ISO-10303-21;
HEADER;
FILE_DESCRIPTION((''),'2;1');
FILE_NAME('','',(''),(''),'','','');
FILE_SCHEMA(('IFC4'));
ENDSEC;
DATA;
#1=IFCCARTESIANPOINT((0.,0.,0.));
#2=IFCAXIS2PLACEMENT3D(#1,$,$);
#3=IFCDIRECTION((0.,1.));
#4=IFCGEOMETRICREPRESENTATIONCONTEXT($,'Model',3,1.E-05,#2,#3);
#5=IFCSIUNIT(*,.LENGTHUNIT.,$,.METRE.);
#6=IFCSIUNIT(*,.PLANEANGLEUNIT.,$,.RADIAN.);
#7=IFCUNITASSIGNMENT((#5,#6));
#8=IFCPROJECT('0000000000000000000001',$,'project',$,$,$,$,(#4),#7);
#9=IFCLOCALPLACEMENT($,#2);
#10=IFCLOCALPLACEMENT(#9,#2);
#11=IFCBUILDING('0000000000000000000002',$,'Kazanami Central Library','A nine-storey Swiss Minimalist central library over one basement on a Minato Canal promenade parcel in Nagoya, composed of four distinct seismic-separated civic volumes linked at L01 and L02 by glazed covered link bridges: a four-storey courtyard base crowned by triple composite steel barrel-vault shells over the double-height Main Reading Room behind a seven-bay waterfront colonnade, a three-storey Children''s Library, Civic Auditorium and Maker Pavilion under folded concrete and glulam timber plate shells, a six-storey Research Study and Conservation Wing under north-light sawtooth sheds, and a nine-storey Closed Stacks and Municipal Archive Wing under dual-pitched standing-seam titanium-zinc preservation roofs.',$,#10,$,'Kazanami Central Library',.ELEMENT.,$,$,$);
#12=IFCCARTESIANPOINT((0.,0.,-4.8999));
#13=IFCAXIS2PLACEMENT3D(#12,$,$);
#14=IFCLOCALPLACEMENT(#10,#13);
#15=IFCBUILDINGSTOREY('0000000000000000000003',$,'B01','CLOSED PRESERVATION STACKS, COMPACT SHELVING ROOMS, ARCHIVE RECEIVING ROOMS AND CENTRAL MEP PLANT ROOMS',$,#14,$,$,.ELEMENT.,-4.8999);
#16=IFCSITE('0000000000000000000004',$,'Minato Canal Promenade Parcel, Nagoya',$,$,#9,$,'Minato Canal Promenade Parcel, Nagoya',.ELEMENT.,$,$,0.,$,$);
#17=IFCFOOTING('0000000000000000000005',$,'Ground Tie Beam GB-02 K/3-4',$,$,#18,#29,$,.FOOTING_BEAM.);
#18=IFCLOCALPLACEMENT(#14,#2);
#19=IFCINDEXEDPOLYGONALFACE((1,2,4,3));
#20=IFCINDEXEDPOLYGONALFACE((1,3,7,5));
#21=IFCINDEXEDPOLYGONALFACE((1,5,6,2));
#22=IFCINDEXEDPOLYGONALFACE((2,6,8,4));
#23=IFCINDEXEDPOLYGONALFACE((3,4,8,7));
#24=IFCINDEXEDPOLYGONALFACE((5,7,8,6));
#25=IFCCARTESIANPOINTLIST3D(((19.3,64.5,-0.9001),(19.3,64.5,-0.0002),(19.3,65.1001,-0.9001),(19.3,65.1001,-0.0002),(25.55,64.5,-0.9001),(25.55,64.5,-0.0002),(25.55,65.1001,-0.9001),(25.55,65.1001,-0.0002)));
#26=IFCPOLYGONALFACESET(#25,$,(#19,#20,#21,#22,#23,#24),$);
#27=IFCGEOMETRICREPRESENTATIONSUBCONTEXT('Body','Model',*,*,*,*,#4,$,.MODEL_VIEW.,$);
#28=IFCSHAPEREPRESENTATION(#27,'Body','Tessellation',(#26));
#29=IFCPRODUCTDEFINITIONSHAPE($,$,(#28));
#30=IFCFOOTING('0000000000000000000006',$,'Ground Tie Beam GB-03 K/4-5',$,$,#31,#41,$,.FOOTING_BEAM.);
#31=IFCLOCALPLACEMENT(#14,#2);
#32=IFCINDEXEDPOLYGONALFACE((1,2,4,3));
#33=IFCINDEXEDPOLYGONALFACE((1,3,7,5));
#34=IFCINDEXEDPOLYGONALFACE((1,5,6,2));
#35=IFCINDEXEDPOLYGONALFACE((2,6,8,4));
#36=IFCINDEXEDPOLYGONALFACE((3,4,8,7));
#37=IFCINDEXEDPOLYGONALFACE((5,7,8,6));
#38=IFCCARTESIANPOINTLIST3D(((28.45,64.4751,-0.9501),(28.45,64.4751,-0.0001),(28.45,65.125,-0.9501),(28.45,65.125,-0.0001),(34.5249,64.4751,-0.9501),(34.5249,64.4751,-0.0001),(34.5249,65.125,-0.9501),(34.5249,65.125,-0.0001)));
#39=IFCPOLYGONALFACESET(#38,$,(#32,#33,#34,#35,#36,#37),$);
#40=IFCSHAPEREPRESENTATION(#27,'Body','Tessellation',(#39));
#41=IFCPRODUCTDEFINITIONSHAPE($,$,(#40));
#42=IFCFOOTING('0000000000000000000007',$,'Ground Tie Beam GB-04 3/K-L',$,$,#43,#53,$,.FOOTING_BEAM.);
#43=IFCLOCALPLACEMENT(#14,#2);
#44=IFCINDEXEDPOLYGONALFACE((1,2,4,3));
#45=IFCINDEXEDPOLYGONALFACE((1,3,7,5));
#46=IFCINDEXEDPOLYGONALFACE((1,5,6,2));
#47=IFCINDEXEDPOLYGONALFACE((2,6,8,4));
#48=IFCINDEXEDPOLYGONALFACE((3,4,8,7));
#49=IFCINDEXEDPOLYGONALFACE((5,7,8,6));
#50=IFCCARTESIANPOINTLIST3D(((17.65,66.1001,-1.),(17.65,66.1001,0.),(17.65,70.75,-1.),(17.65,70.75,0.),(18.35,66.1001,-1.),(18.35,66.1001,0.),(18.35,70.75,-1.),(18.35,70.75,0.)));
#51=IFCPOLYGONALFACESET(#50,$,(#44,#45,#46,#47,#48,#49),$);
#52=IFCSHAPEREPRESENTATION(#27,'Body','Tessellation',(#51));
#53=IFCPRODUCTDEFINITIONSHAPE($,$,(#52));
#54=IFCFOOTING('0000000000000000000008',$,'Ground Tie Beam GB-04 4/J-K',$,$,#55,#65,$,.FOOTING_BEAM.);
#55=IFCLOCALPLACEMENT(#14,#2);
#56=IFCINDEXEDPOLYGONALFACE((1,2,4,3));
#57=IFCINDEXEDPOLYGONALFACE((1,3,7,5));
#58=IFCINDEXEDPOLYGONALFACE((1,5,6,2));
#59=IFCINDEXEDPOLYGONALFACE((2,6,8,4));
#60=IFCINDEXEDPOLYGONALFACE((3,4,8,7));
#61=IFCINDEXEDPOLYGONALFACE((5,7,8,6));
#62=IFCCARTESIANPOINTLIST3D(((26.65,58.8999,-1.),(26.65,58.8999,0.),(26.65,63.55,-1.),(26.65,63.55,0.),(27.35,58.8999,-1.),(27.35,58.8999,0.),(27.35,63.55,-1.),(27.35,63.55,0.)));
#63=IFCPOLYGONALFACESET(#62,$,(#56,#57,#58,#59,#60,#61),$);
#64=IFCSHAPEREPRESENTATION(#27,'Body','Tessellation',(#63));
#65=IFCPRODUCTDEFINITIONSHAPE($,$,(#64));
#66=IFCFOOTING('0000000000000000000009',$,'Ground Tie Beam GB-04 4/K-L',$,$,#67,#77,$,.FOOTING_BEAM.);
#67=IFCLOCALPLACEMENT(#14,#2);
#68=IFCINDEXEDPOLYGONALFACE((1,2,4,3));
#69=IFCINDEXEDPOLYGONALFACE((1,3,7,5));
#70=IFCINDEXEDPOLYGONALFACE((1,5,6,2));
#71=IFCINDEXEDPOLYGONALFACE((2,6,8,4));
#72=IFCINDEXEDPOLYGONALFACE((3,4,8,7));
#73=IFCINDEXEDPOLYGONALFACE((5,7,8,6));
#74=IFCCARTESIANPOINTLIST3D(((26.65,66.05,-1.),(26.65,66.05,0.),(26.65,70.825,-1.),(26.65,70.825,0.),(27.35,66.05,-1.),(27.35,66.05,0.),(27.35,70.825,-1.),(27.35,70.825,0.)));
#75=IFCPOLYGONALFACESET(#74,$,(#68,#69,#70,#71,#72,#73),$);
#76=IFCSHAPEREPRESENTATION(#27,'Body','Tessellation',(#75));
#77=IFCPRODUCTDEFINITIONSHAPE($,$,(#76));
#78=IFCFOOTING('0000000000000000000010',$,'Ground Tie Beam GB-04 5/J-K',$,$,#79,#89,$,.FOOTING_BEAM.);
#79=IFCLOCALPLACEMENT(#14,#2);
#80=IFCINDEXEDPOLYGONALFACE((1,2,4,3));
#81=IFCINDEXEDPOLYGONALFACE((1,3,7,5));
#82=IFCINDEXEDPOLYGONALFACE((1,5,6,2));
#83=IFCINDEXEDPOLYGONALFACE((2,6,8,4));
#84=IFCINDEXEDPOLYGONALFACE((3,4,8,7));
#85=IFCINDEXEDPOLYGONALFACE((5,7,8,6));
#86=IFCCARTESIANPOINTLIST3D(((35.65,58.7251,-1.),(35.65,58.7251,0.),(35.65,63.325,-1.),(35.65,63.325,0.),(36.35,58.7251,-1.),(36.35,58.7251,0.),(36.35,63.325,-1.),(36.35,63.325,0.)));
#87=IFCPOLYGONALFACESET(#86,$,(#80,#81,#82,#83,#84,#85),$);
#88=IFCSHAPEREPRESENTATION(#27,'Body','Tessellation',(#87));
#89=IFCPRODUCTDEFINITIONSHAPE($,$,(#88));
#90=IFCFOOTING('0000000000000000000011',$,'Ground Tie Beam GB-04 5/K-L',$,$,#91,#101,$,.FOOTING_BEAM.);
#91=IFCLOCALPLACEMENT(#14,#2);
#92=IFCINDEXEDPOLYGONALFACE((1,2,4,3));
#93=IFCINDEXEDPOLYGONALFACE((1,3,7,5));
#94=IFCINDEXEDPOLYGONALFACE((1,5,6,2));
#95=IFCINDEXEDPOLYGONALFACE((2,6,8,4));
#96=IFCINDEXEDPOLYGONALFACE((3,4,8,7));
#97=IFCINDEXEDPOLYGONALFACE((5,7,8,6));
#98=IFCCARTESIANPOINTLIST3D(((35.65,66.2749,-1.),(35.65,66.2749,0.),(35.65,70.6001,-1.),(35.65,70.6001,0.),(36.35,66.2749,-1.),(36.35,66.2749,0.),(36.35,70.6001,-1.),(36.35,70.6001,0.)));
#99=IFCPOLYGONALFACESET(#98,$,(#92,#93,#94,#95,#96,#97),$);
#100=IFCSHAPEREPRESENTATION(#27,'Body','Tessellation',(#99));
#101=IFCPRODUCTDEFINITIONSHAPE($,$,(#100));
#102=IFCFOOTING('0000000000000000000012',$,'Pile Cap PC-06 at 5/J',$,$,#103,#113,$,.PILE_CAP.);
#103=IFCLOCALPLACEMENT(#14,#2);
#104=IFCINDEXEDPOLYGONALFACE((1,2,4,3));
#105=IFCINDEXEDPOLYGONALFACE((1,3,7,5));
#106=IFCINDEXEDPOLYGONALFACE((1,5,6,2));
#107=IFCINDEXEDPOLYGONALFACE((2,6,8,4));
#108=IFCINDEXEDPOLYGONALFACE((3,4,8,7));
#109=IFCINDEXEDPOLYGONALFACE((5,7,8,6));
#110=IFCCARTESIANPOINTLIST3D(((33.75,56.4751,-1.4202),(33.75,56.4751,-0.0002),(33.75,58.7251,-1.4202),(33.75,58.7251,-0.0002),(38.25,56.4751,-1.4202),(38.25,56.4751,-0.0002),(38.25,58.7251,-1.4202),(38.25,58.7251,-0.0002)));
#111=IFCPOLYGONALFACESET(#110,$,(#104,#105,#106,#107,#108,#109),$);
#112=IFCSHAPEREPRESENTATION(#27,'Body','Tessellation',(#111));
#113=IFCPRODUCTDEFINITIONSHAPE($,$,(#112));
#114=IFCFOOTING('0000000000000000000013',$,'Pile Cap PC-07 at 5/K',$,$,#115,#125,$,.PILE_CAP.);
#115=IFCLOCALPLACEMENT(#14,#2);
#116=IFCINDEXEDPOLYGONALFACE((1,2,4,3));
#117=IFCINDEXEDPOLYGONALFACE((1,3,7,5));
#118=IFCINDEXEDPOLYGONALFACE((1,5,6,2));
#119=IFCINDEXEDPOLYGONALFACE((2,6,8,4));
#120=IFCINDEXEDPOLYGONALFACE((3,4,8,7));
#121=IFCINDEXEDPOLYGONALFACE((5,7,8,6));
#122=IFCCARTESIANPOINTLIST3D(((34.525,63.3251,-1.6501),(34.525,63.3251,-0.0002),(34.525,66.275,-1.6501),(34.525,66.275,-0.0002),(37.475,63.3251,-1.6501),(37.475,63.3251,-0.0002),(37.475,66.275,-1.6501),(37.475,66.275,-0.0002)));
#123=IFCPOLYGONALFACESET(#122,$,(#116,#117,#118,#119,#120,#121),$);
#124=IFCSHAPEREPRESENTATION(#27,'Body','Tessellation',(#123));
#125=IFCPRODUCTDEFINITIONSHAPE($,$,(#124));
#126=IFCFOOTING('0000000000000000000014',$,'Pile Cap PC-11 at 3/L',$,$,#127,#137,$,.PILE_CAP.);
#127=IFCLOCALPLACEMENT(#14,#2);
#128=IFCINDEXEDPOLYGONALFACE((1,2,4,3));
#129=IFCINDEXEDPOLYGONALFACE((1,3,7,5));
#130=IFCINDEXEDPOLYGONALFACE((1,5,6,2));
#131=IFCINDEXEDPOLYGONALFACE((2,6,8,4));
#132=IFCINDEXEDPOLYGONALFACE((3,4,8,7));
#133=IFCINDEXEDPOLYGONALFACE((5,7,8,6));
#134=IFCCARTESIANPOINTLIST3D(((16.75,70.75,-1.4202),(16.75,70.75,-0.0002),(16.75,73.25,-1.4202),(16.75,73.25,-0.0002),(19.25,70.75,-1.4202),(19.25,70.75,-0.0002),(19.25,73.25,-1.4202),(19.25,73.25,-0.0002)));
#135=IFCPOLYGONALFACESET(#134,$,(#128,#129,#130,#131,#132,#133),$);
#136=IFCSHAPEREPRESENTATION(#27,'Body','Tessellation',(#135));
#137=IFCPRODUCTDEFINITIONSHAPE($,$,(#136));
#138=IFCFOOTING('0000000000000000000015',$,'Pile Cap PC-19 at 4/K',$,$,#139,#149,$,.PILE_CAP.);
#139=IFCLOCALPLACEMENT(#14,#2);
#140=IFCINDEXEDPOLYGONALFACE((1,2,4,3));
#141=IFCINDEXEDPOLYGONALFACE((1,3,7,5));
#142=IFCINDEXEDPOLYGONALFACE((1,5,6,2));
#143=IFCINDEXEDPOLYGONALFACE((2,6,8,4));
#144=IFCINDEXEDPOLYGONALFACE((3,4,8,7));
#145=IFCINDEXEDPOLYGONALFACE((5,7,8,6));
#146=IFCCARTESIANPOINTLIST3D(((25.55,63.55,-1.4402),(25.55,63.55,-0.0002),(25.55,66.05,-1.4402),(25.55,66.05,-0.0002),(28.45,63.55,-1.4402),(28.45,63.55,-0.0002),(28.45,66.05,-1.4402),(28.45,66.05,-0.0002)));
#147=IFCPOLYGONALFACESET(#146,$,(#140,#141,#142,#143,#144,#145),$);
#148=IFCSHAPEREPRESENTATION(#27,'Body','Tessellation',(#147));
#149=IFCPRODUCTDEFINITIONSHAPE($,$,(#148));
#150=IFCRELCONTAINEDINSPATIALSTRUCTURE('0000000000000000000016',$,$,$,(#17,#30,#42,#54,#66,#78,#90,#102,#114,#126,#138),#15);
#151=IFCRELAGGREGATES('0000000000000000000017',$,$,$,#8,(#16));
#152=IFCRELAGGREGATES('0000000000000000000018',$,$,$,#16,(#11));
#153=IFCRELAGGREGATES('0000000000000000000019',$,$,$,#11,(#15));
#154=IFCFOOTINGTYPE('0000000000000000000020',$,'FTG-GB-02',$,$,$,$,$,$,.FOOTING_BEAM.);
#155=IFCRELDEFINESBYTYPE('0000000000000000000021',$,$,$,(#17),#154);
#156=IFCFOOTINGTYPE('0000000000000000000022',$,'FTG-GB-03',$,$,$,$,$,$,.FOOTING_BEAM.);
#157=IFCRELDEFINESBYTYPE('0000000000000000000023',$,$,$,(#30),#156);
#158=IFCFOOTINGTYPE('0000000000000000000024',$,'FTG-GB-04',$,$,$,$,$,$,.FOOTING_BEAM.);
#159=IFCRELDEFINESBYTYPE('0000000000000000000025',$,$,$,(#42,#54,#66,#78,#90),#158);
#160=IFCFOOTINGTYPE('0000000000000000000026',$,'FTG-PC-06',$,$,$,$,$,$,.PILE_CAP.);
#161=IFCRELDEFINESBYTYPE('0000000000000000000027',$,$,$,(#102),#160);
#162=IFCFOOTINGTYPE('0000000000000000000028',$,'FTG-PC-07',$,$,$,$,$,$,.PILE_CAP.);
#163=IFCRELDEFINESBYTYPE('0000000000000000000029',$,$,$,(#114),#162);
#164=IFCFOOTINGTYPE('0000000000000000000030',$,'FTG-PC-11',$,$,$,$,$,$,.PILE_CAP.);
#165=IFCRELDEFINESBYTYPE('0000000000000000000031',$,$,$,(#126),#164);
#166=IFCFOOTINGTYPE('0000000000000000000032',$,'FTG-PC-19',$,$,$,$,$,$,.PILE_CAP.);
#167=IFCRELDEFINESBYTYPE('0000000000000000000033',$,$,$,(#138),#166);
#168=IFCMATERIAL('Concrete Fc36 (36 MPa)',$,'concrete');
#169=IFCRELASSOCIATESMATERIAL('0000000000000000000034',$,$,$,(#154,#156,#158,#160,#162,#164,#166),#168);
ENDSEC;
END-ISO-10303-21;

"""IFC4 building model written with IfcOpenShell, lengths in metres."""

from ifc_helpers import new_model, si_unit, direction, frame, origin, origin_2d, place, context, subcontext, project, spatial, rectangle, extrude, material, material_profile, profile_set, type_object, element, save


model = new_model("IFC4")

# Units and contexts
model_context = context("Model", 3, precision=1e-05, world=origin(), true_north=direction((0.0, 1.0)))
body_context = subcontext(model_context, "Body", "Model", "MODEL_VIEW")
ifc_project = project(units=[si_unit("LENGTHUNIT", "METRE"), si_unit("PLANEANGLEUNIT", "RADIAN")], contexts=[model_context])

# Site, building, storey
site_placement = place(None, origin())
site = spatial("IfcSite", under=ifc_project, at=site_placement, Name="Minato Canal Promenade Parcel, Nagoya", LongName="Minato Canal Promenade Parcel, Nagoya", CompositionType="ELEMENT", RefElevation=0.0)
building_placement = place(site_placement, origin())
building = spatial("IfcBuilding", under=site, at=building_placement, Name="Kazanami Central Library", Description="A nine-storey Swiss Minimalist central library over one basement on a Minato Canal promenade parcel in Nagoya, composed of four distinct seismic-separated civic volumes linked at L01 and L02 by glazed covered link bridges: a four-storey courtyard base crowned by triple composite steel barrel-vault shells over the double-height Main Reading Room behind a seven-bay waterfront colonnade, a three-storey Children's Library, Civic Auditorium and Maker Pavilion under folded concrete and glulam timber plate shells, a six-storey Research Study and Conservation Wing under north-light sawtooth sheds, and a nine-storey Closed Stacks and Municipal Archive Wing under dual-pitched standing-seam titanium-zinc preservation roofs.", LongName="Kazanami Central Library", CompositionType="ELEMENT")
storey_placement = place(building_placement, frame((0.0, 0.0, -4.8999)))
storey = spatial("IfcBuildingStorey", under=building, at=storey_placement, Name="B01", Description="CLOSED PRESERVATION STACKS, COMPACT SHELVING ROOMS, ARCHIVE RECEIVING ROOMS AND CENTRAL MEP PLANT ROOMS", CompositionType="ELEMENT", Elevation=-4.8999)

# Footings
ifc_material_1 = material(Name="Concrete Fc36 (36 MPa)", Category="concrete")
ifc_material_profile_1 = material_profile(ifc_material_1, rectangle(XDim=0.6001, YDim=0.8999, at=origin_2d()), Name="RC-600x900")
ifc_profile_set_1 = profile_set([ifc_material_profile_1], Name="Concrete Fc36 (36 MPa)")
footing_type_1 = type_object("IfcFootingType", Name="FTG-GB-02", PredefinedType="FOOTING_BEAM", material=ifc_profile_set_1)
footing_1_placement = place(storey_placement, frame((19.3, 64.8, -0.4502), z_axis=(1.0, 0.0, 0.0), x_axis=(0.0, 1.0, 0.0)))
element("IfcFooting", 1, at=footing_1_placement, inside=storey, type_object=footing_type_1, Name="Ground Tie Beam GB-02 K/3-4", PredefinedType="FOOTING_BEAM", context=body_context, shape_type="SweptSolid", body=[
    extrude(rectangle(XDim=0.6001, YDim=0.8999, at=origin_2d()), origin(), (0.0, 0.0, 1.0), 6.25),
])
ifc_material_profile_2 = material_profile(ifc_material_1, rectangle(XDim=0.6499, YDim=0.95, at=origin_2d()), Name="RC-650x950")
ifc_profile_set_2 = profile_set([ifc_material_profile_2], Name="Concrete Fc36 (36 MPa)")
footing_type_2 = type_object("IfcFootingType", Name="FTG-GB-03", PredefinedType="FOOTING_BEAM", material=ifc_profile_set_2)
footing_2_placement = place(storey_placement, frame((28.45, 64.8, -0.4751), z_axis=(1.0, 0.0, 0.0), x_axis=(0.0, 1.0, 0.0)))
element("IfcFooting", 2, at=footing_2_placement, inside=storey, type_object=footing_type_2, Name="Ground Tie Beam GB-03 K/4-5", PredefinedType="FOOTING_BEAM", context=body_context, shape_type="SweptSolid", body=[
    extrude(rectangle(XDim=0.6499, YDim=0.95, at=origin_2d()), origin(), (0.0, 0.0, 1.0), 6.075),
])
ifc_material_profile_3 = material_profile(ifc_material_1, rectangle(XDim=0.7, YDim=1.0, at=origin_2d()), Name="RC-700x1000")
ifc_profile_set_3 = profile_set([ifc_material_profile_3], Name="Concrete Fc36 (36 MPa)")
footing_type_3 = type_object("IfcFootingType", Name="FTG-GB-04", PredefinedType="FOOTING_BEAM", material=ifc_profile_set_3)
footing_3_placement = place(storey_placement, frame((18.0, 66.1001, -0.5), z_axis=(0.0, 1.0, 0.0), x_axis=(-1.0, 0.0, 0.0)))
element("IfcFooting", 3, at=footing_3_placement, inside=storey, type_object=footing_type_3, Name="Ground Tie Beam GB-04 3/K-L", PredefinedType="FOOTING_BEAM", context=body_context, shape_type="SweptSolid", body=[
    extrude(rectangle(XDim=0.7, YDim=1.0, at=origin_2d()), origin(), (0.0, 0.0, 1.0), 4.6499),
])
footing_4_placement = place(storey_placement, frame((27.0, 58.8999, -0.5), z_axis=(0.0, 1.0, 0.0), x_axis=(-1.0, 0.0, 0.0)))
element("IfcFooting", 4, at=footing_4_placement, inside=storey, type_object=footing_type_3, Name="Ground Tie Beam GB-04 4/J-K", PredefinedType="FOOTING_BEAM", context=body_context, shape_type="SweptSolid", body=[
    extrude(rectangle(XDim=0.7, YDim=1.0, at=origin_2d()), origin(), (0.0, 0.0, 1.0), 4.6501),
])
footing_5_placement = place(storey_placement, frame((27.0, 66.05, -0.5), z_axis=(0.0, 1.0, 0.0), x_axis=(-1.0, 0.0, 0.0)))
element("IfcFooting", 5, at=footing_5_placement, inside=storey, type_object=footing_type_3, Name="Ground Tie Beam GB-04 4/K-L", PredefinedType="FOOTING_BEAM", context=body_context, shape_type="SweptSolid", body=[
    extrude(rectangle(XDim=0.7, YDim=1.0, at=origin_2d()), origin(), (0.0, 0.0, 1.0), 4.7749),
])
footing_6_placement = place(storey_placement, frame((36.0, 58.7251, -0.5), z_axis=(0.0, 1.0, 0.0), x_axis=(-1.0, 0.0, 0.0)))
element("IfcFooting", 6, at=footing_6_placement, inside=storey, type_object=footing_type_3, Name="Ground Tie Beam GB-04 5/J-K", PredefinedType="FOOTING_BEAM", context=body_context, shape_type="SweptSolid", body=[
    extrude(rectangle(XDim=0.7, YDim=1.0, at=origin_2d()), origin(), (0.0, 0.0, 1.0), 4.5999),
])
footing_7_placement = place(storey_placement, frame((36.0, 66.2749, -0.5), z_axis=(0.0, 1.0, 0.0), x_axis=(-1.0, 0.0, 0.0)))
element("IfcFooting", 7, at=footing_7_placement, inside=storey, type_object=footing_type_3, Name="Ground Tie Beam GB-04 5/K-L", PredefinedType="FOOTING_BEAM", context=body_context, shape_type="SweptSolid", body=[
    extrude(rectangle(XDim=0.7, YDim=1.0, at=origin_2d()), origin(), (0.0, 0.0, 1.0), 4.3252),
])
footing_type_4 = type_object("IfcFootingType", Name="FTG-PC-06", PredefinedType="PILE_CAP", material=ifc_material_1)
footing_8_placement = place(storey_placement, frame((36.0, 57.6001, -1.4202), z_axis=(0.0, 0.0, 1.0), x_axis=(1.0, 0.0, 0.0)))
element("IfcFooting", 8, at=footing_8_placement, inside=storey, type_object=footing_type_4, Name="Pile Cap PC-06 at 5/J", PredefinedType="PILE_CAP", context=body_context, shape_type="SweptSolid", body=[
    extrude(rectangle(XDim=4.5, YDim=2.25, at=origin_2d()), origin(), (0.0, 0.0, 1.0), 1.4199),
])
footing_type_5 = type_object("IfcFootingType", Name="FTG-PC-07", PredefinedType="PILE_CAP", material=ifc_material_1)
footing_9_placement = place(storey_placement, frame((36.0, 64.8, -1.6501), z_axis=(0.0, 0.0, 1.0), x_axis=(1.0, 0.0, 0.0)))
element("IfcFooting", 9, at=footing_9_placement, inside=storey, type_object=footing_type_5, Name="Pile Cap PC-07 at 5/K", PredefinedType="PILE_CAP", context=body_context, shape_type="SweptSolid", body=[
    extrude(rectangle(XDim=2.95, YDim=2.95, at=origin_2d()), origin(), (0.0, 0.0, 1.0), 1.6499),
])
footing_type_6 = type_object("IfcFootingType", Name="FTG-PC-11", PredefinedType="PILE_CAP", material=ifc_material_1)
footing_10_placement = place(storey_placement, frame((18.0, 72.0, -1.4202), z_axis=(0.0, 0.0, 1.0), x_axis=(1.0, 0.0, 0.0)))
element("IfcFooting", 10, at=footing_10_placement, inside=storey, type_object=footing_type_6, Name="Pile Cap PC-11 at 3/L", PredefinedType="PILE_CAP", context=body_context, shape_type="SweptSolid", body=[
    extrude(rectangle(XDim=2.5, YDim=2.5, at=origin_2d()), origin(), (0.0, 0.0, 1.0), 1.4199),
])
footing_type_7 = type_object("IfcFootingType", Name="FTG-PC-19", PredefinedType="PILE_CAP", material=ifc_material_1)
footing_11_placement = place(storey_placement, frame((27.0, 64.8, -1.4402), z_axis=(0.0, 0.0, 1.0), x_axis=(1.0, 0.0, 0.0)))
element("IfcFooting", 11, at=footing_11_placement, inside=storey, type_object=footing_type_7, Name="Pile Cap PC-19 at 4/K", PredefinedType="PILE_CAP", context=body_context, shape_type="SweptSolid", body=[
    extrude(rectangle(XDim=2.8999, YDim=2.5, at=origin_2d()), origin(), (0.0, 0.0, 1.0), 1.4399),
])

save(model, "model.ifc")
